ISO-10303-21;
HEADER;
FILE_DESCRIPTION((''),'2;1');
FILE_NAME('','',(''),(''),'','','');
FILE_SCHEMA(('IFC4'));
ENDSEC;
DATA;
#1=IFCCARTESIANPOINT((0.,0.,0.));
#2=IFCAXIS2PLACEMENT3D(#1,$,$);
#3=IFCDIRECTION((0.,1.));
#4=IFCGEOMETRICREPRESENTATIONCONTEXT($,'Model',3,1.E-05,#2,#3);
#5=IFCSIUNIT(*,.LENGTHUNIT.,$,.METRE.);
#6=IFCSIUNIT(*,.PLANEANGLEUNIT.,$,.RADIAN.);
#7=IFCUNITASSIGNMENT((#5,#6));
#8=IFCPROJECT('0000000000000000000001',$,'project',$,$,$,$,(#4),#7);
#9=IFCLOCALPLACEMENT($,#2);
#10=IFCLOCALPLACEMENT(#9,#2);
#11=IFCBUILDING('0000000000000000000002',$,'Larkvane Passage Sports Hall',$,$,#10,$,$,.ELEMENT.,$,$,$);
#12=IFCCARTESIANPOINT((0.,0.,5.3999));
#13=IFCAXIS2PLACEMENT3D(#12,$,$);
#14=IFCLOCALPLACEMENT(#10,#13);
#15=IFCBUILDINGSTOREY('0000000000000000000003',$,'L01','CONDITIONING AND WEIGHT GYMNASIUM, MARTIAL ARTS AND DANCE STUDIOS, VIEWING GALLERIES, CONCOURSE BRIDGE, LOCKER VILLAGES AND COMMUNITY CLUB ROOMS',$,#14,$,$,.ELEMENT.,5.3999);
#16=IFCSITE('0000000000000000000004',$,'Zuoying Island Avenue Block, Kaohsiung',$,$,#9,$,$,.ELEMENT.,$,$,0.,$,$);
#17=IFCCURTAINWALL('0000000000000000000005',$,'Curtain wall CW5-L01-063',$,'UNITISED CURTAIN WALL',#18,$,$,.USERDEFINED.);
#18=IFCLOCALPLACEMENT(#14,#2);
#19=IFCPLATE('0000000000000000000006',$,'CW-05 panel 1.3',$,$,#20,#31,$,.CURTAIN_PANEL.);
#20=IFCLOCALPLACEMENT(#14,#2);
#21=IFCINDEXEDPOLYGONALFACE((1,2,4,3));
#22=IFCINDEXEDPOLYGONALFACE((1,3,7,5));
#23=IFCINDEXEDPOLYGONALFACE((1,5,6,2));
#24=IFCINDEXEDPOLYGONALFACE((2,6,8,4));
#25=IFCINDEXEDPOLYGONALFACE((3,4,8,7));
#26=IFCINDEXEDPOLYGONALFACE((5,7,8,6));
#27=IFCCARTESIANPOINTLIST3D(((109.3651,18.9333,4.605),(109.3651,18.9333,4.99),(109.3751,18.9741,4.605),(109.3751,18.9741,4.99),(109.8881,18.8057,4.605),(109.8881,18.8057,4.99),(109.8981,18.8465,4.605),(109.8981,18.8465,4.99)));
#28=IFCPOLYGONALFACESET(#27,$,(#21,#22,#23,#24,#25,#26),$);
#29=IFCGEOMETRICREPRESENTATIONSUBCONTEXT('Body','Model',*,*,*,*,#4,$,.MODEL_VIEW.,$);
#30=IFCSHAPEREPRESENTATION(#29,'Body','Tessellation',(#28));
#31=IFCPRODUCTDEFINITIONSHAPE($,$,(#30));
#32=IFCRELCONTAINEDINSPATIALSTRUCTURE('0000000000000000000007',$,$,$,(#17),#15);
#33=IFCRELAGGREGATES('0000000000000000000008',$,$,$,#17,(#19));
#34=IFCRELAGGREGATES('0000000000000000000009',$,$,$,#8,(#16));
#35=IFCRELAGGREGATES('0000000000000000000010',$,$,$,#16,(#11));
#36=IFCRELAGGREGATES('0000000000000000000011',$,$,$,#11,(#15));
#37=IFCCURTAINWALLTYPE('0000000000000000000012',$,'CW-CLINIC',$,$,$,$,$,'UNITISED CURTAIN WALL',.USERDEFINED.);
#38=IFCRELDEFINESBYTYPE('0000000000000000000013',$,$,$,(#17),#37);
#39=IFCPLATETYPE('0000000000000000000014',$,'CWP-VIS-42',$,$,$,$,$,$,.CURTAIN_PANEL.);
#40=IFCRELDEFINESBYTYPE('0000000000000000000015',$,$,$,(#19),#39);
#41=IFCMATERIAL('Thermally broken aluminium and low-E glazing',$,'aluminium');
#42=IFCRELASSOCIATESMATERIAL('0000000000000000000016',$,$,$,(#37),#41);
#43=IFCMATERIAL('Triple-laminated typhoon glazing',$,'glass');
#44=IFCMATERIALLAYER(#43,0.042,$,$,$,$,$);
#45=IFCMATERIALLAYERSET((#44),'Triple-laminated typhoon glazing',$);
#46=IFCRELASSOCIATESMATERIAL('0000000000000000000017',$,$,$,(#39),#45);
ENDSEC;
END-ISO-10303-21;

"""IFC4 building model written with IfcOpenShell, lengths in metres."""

from ifc_helpers import new_model, si_unit, direction, frame, origin, origin_2d, place, context, subcontext, project, spatial, rectangle, extrude, material, layer, layer_set, type_object, element, aggregate, save


model = new_model("IFC4")

# Units and contexts
model_context = context("Model", 3, precision=1e-05, world=origin(), true_north=direction((0.0, 1.0)))
body_context = subcontext(model_context, "Body", "Model", "MODEL_VIEW")
ifc_project = project(units=[si_unit("LENGTHUNIT", "METRE"), si_unit("PLANEANGLEUNIT", "RADIAN")], contexts=[model_context])

# Site, building, storey
site_placement = place(None, origin())
site = spatial("IfcSite", under=ifc_project, at=site_placement, Name="Zuoying Island Avenue Block, Kaohsiung", CompositionType="ELEMENT", RefElevation=0.0)
building_placement = place(site_placement, origin())
building = spatial("IfcBuilding", under=site, at=building_placement, Name="Larkvane Passage Sports Hall", CompositionType="ELEMENT")
storey_placement = place(building_placement, frame((0.0, 0.0, 5.3999)))
storey = spatial("IfcBuildingStorey", under=building, at=storey_placement, Name="L01", Description="CONDITIONING AND WEIGHT GYMNASIUM, MARTIAL ARTS AND DANCE STUDIOS, VIEWING GALLERIES, CONCOURSE BRIDGE, LOCKER VILLAGES AND COMMUNITY CLUB ROOMS", CompositionType="ELEMENT", Elevation=5.3999)

# Curtain wall
ifc_material_1 = material(Name="Thermally broken aluminium and low-E glazing", Category="aluminium")
curtain_wall_type_1 = type_object("IfcCurtainWallType", Name="CW-CLINIC", ElementType="UNITISED CURTAIN WALL", PredefinedType="USERDEFINED", material=ifc_material_1)
curtain_wall_1_placement = place(storey_placement, origin())
curtain_wall_1 = element("IfcCurtainWall", 1, at=curtain_wall_1_placement, inside=storey, type_object=curtain_wall_type_1, Name="Curtain wall CW5-L01-063", ObjectType="UNITISED CURTAIN WALL", PredefinedType="USERDEFINED")

# Plate
ifc_material_2 = material(Name="Triple-laminated typhoon glazing", Category="glass")
ifc_layer_1 = layer(ifc_material_2, 0.042)
ifc_layer_set_1 = layer_set([ifc_layer_1], Name="Triple-laminated typhoon glazing")
plate_type_1 = type_object("IfcPlateType", Name="CWP-VIS-42", PredefinedType="CURTAIN_PANEL", material=ifc_layer_set_1)
plate_1_placement = place(storey_placement, frame((109.6316, 18.8899, 4.605), z_axis=(0.0, 0.0, 1.0), x_axis=(-0.971522, 0.236949, 0.0)))
plate_1 = element("IfcPlate", 2, at=plate_1_placement, type_object=plate_type_1, Name="CW-05 panel 1.3", PredefinedType="CURTAIN_PANEL", context=body_context, shape_type="SweptSolid", body=[
    extrude(rectangle(XDim=0.5383, YDim=0.042, at=origin_2d()), origin(), (0.0, 0.0, 1.0), 0.385),
])
aggregate(curtain_wall_1, [plate_1])

save(model, "model.ifc")
